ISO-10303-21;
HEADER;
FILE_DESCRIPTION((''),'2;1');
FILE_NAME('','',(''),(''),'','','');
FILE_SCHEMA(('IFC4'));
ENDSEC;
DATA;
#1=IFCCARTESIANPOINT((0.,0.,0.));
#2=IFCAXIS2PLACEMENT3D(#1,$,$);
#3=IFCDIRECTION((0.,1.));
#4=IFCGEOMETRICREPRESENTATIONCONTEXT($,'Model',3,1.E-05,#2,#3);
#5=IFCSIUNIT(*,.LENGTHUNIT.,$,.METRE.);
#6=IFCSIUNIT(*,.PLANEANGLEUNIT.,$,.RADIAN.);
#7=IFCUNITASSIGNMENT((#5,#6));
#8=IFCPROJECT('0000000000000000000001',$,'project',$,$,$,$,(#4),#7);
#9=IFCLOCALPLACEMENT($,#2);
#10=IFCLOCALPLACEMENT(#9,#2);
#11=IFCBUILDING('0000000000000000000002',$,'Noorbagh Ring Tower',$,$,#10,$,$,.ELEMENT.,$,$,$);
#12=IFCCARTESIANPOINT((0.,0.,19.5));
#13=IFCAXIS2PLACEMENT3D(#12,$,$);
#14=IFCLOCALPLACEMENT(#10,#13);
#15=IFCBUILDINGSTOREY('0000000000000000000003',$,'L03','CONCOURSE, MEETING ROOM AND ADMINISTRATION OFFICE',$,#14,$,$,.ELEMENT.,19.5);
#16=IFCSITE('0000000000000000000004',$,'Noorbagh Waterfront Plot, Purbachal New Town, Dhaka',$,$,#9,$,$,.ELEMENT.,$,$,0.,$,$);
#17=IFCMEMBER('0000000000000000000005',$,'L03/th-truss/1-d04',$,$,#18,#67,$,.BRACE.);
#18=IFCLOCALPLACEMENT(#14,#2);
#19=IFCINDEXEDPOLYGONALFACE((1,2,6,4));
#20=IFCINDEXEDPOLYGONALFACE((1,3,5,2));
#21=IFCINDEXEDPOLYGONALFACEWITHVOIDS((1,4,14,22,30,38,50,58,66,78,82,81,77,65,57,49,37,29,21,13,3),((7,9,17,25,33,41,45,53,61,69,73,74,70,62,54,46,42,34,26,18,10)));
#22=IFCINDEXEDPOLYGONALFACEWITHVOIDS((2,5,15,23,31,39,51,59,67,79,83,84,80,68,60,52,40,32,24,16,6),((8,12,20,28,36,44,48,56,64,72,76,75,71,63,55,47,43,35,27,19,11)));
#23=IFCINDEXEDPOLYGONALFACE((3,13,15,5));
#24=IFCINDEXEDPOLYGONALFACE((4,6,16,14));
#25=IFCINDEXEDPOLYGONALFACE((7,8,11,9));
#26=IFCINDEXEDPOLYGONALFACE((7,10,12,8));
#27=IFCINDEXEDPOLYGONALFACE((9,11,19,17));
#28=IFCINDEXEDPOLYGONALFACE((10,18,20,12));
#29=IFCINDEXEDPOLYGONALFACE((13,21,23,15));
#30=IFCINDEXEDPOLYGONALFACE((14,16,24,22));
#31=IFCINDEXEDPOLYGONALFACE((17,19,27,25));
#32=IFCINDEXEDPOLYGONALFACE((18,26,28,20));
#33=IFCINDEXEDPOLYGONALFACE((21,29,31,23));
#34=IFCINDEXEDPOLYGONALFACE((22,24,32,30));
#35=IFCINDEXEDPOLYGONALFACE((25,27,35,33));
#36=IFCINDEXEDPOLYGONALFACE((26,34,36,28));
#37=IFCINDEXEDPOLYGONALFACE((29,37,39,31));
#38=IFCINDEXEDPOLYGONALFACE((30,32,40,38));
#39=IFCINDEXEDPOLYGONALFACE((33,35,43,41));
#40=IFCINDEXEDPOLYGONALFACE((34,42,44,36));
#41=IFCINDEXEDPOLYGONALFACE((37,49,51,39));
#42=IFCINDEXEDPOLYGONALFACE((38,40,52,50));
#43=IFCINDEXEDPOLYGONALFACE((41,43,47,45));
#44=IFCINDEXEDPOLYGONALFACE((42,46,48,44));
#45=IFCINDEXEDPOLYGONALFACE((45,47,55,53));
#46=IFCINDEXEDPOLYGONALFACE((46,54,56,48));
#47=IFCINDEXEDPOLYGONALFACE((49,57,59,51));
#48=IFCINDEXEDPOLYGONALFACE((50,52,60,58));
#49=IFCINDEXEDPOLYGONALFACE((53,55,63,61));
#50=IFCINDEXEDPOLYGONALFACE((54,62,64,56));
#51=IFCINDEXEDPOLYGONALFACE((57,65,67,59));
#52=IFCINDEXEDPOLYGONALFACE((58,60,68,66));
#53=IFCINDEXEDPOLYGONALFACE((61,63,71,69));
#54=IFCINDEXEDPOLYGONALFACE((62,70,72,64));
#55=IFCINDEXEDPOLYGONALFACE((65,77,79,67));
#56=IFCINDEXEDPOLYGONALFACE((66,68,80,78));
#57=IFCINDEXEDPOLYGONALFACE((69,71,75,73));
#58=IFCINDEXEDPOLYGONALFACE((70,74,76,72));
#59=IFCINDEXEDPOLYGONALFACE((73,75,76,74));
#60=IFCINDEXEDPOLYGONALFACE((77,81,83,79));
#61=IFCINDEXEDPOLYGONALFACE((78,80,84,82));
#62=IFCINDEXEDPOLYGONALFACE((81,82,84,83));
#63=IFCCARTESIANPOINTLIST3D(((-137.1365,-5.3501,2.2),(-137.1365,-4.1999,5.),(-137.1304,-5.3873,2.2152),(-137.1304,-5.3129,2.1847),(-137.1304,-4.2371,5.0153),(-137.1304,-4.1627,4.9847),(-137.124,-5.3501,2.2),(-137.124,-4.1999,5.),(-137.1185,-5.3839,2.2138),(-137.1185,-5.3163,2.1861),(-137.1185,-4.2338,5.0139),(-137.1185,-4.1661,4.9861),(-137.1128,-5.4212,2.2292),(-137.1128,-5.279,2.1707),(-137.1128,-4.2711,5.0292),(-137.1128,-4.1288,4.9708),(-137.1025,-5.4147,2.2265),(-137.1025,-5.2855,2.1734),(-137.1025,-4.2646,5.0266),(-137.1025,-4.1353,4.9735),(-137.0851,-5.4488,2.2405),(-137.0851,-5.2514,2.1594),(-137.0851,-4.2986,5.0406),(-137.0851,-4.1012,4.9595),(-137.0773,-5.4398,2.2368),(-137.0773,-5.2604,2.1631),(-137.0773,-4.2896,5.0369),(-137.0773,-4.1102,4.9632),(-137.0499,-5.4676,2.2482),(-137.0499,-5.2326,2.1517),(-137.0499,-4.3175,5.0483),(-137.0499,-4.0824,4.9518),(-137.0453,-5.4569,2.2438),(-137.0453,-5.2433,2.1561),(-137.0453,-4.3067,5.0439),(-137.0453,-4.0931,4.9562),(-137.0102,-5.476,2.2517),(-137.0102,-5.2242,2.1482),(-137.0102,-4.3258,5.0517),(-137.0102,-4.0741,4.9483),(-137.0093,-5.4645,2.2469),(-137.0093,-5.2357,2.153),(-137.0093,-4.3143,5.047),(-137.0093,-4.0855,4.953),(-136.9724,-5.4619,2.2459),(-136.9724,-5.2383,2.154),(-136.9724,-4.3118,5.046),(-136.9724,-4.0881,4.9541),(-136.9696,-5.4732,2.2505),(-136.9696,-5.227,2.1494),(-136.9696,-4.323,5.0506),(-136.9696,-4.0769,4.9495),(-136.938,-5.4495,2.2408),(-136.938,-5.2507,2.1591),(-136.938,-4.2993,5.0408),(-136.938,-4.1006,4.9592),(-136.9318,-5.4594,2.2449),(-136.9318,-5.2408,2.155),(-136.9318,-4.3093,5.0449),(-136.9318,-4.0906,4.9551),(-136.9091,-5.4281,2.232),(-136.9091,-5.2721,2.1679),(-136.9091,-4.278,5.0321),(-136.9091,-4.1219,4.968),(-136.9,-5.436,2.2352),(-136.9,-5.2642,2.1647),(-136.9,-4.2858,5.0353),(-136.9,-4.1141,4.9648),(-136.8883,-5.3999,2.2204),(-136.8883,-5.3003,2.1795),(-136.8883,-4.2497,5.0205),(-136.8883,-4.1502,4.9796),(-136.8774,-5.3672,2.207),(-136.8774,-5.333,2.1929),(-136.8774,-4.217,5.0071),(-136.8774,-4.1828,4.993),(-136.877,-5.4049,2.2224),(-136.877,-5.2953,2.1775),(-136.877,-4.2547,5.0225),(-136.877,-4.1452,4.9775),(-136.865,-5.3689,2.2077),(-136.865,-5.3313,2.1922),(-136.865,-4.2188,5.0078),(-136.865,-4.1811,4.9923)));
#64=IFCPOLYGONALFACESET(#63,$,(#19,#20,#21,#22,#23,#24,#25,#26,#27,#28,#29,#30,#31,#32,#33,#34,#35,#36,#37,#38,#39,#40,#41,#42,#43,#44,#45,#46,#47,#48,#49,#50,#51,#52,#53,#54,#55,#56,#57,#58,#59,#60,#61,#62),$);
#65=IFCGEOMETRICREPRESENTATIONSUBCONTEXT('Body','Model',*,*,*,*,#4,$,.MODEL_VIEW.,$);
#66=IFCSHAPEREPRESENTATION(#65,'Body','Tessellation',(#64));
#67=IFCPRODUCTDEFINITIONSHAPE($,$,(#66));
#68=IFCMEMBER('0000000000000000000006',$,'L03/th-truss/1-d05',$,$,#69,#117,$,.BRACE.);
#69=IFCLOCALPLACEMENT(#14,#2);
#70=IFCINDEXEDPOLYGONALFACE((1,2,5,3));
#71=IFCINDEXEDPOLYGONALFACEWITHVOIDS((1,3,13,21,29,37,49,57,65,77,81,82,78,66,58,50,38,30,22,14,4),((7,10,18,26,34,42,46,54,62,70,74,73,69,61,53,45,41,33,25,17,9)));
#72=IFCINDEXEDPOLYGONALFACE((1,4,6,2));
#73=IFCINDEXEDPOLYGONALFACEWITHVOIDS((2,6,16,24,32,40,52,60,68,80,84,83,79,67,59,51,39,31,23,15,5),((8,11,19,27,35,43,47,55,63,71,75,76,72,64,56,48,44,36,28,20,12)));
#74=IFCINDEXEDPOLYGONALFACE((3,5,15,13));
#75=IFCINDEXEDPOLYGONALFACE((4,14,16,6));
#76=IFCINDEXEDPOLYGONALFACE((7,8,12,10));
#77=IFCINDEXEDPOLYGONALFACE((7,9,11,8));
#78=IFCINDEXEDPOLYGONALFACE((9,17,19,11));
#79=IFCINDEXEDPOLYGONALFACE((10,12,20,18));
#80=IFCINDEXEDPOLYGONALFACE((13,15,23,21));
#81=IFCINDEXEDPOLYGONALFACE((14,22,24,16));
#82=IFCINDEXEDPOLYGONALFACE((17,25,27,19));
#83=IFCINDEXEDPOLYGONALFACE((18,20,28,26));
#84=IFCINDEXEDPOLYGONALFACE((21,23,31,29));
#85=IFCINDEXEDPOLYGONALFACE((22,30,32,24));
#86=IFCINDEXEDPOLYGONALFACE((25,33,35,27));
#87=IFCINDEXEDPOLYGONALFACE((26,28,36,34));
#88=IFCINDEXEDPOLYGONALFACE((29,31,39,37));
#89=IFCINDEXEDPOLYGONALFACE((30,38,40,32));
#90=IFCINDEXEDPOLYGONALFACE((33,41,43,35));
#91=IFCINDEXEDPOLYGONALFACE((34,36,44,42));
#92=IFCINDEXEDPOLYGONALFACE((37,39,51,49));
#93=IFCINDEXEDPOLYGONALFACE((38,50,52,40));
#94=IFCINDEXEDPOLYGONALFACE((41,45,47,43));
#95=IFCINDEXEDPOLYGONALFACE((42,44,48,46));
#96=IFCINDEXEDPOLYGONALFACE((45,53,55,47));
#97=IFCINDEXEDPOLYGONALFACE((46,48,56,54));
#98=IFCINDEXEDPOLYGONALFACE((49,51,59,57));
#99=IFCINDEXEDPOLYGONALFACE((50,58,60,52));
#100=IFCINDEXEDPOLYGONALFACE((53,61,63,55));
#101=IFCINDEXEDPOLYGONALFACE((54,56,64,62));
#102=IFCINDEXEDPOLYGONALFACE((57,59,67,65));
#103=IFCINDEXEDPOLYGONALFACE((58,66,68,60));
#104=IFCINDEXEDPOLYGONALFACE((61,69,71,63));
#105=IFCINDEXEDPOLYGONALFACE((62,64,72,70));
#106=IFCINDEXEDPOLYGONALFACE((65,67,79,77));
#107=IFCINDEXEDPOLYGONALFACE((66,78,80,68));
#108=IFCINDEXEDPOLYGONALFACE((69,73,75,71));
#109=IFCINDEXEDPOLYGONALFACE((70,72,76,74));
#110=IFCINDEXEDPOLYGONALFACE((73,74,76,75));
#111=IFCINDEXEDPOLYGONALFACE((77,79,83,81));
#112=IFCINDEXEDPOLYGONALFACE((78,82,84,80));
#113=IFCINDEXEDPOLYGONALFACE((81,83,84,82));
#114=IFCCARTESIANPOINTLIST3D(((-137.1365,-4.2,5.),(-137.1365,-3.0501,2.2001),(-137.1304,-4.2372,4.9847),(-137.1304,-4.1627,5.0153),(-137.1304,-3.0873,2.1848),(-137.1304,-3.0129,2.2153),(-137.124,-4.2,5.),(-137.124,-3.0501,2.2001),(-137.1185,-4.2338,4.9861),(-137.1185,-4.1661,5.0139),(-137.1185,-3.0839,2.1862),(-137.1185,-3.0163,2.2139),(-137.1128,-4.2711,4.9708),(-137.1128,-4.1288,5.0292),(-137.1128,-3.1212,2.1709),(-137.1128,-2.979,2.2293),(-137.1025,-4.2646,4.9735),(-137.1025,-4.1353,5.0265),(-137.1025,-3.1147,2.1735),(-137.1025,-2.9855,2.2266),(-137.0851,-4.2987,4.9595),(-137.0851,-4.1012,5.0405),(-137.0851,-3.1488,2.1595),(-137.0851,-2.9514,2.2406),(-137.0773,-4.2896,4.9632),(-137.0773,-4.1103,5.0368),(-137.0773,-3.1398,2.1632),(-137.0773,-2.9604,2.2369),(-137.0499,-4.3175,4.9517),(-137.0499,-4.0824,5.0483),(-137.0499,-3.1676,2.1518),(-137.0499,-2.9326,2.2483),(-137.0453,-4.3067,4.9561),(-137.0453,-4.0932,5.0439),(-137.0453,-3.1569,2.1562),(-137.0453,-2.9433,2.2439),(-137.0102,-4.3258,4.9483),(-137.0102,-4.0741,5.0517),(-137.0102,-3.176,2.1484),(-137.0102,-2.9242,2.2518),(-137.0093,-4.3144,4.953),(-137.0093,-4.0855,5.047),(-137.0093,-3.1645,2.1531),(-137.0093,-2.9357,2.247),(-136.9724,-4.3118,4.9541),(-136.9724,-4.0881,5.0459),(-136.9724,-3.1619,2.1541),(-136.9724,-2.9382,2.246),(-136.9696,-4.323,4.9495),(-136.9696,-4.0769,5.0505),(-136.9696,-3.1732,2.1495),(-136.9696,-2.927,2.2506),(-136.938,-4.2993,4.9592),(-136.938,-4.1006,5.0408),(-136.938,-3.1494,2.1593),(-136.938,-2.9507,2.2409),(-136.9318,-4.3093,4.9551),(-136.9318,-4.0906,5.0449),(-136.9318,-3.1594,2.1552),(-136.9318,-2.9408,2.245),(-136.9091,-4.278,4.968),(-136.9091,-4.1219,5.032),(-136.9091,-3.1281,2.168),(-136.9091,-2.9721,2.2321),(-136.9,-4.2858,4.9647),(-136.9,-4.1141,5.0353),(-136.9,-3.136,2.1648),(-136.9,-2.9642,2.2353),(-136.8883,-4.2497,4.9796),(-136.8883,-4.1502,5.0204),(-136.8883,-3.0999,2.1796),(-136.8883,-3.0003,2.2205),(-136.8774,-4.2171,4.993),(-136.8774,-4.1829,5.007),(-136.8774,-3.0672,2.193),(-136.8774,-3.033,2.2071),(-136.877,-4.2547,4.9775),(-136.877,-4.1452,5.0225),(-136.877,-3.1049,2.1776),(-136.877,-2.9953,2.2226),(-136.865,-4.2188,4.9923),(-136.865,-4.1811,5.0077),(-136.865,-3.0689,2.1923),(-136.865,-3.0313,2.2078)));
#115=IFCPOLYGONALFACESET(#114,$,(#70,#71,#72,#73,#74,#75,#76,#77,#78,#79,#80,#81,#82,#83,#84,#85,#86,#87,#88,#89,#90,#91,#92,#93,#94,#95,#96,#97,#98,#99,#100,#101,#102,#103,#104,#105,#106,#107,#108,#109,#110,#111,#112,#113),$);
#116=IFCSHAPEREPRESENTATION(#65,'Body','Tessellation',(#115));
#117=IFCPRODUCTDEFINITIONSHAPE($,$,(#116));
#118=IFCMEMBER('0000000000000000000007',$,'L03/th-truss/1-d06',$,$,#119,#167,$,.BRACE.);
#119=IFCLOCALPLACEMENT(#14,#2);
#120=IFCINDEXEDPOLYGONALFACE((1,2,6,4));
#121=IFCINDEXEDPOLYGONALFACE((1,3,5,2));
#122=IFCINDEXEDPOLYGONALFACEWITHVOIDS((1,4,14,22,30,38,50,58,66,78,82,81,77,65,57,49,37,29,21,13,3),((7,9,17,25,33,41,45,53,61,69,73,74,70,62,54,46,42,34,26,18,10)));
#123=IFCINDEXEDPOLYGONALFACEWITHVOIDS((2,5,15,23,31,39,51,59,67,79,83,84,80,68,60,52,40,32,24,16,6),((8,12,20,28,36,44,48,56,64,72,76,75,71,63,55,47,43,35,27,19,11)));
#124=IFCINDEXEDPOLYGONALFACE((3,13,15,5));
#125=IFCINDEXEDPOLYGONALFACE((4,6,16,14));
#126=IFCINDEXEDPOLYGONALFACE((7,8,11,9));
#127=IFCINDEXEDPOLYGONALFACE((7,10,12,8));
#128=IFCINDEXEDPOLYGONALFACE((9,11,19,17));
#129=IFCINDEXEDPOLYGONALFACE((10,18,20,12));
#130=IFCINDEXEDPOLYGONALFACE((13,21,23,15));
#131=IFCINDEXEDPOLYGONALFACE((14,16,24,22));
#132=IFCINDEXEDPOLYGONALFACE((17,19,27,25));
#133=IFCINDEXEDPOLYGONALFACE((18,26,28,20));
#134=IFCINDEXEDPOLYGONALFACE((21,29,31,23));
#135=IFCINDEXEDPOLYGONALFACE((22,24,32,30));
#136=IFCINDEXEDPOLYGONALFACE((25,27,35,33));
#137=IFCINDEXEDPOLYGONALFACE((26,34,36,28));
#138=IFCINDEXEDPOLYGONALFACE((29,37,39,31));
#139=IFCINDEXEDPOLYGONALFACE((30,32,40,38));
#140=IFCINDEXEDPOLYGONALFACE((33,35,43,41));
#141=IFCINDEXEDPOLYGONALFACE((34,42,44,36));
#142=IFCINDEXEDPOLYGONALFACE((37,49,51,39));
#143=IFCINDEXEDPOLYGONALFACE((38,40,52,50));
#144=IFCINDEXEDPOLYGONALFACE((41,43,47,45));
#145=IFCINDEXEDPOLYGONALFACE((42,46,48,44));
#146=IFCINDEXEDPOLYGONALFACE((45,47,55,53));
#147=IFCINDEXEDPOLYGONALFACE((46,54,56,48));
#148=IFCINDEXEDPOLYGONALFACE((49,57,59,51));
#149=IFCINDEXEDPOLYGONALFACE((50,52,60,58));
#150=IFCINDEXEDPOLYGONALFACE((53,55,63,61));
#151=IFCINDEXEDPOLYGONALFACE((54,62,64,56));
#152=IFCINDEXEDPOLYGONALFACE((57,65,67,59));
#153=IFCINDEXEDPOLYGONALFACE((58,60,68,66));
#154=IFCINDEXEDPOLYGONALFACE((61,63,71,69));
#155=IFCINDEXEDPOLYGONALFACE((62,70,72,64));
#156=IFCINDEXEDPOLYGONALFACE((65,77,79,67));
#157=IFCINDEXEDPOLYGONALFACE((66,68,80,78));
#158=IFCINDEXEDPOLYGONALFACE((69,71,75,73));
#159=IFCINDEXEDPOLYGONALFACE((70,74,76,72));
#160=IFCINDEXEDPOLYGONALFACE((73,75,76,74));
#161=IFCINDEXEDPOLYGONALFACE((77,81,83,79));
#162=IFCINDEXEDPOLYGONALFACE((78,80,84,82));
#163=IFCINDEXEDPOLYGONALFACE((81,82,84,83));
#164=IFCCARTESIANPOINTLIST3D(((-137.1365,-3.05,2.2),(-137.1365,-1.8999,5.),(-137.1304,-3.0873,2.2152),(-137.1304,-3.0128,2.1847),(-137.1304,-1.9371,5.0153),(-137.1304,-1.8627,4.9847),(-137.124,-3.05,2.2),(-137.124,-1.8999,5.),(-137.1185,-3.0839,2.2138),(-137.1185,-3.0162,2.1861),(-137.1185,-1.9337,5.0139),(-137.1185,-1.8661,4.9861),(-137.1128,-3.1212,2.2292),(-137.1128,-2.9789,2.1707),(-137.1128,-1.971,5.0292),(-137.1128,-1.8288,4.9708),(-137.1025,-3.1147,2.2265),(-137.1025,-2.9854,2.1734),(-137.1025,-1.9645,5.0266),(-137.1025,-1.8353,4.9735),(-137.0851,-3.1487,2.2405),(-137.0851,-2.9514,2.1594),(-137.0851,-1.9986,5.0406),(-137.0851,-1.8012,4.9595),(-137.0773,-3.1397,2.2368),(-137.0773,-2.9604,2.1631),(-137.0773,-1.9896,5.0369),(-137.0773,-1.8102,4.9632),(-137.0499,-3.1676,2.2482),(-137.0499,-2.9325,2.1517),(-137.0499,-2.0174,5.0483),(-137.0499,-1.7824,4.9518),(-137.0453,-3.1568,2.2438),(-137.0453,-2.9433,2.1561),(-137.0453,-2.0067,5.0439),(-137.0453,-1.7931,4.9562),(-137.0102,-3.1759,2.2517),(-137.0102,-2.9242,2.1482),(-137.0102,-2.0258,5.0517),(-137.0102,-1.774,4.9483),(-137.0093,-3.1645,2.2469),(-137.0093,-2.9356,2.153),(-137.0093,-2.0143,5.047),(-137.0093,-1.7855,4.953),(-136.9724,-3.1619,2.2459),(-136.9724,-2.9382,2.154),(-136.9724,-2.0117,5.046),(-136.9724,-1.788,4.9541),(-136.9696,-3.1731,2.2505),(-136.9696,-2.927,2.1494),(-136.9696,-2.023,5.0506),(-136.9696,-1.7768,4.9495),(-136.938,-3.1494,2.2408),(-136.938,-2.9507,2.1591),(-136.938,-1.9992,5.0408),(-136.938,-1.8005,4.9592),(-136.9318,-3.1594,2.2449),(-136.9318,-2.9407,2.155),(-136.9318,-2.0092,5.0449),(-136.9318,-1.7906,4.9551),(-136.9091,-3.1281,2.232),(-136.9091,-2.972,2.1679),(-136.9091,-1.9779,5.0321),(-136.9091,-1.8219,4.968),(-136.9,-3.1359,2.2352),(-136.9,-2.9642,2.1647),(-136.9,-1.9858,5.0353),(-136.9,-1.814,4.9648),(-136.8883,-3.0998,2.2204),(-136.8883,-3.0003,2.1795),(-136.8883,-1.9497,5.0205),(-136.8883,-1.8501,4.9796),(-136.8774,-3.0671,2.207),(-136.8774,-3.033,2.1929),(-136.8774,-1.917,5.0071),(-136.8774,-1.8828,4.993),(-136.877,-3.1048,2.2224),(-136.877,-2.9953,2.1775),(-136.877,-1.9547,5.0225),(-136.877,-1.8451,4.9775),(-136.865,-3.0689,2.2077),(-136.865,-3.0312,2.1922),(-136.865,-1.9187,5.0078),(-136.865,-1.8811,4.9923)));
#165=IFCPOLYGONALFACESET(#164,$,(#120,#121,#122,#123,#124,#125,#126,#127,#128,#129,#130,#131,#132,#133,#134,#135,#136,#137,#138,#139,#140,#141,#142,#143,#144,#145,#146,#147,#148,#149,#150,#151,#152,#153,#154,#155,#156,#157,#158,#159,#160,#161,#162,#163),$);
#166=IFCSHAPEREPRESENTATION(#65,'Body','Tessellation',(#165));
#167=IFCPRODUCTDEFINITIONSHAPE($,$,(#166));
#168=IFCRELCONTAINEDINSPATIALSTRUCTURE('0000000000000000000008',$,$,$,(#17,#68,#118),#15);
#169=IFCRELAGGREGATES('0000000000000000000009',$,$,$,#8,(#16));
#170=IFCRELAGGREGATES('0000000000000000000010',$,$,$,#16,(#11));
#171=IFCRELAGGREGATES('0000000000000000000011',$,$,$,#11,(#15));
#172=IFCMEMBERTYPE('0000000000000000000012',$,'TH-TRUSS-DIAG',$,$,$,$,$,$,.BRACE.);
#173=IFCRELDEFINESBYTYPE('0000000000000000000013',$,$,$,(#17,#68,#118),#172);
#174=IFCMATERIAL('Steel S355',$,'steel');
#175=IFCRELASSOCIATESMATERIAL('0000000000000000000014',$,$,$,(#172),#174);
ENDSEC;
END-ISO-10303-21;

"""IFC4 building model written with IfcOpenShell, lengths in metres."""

from ifc_helpers import new_model, si_unit, direction, frame, origin, origin_2d, place, context, subcontext, project, spatial, hollow_circle, extrude, material, material_profile, profile_set, type_object, element, save


model = new_model("IFC4")

# Units and contexts
model_context = context("Model", 3, precision=1e-05, world=origin(), true_north=direction((0.0, 1.0)))
body_context = subcontext(model_context, "Body", "Model", "MODEL_VIEW")
ifc_project = project(units=[si_unit("LENGTHUNIT", "METRE"), si_unit("PLANEANGLEUNIT", "RADIAN")], contexts=[model_context])

# Site, building, storey
site_placement = place(None, origin())
site = spatial("IfcSite", under=ifc_project, at=site_placement, Name="Noorbagh Waterfront Plot, Purbachal New Town, Dhaka", CompositionType="ELEMENT", RefElevation=0.0)
building_placement = place(site_placement, origin())
building = spatial("IfcBuilding", under=site, at=building_placement, Name="Noorbagh Ring Tower", CompositionType="ELEMENT")
storey_placement = place(building_placement, frame((0.0, 0.0, 19.5)))
storey = spatial("IfcBuildingStorey", under=building, at=storey_placement, Name="L03", Description="CONCOURSE, MEETING ROOM AND ADMINISTRATION OFFICE", CompositionType="ELEMENT", Elevation=19.5)

# Members
ifc_material_1 = material(Name="Steel S355", Category="steel")
ifc_material_profile_1 = material_profile(ifc_material_1, hollow_circle(Radius=0.1365, WallThickness=0.0125, at=origin_2d()), Name="CHS273x12.5")
ifc_profile_set_1 = profile_set([ifc_material_profile_1], Name="Steel S355")
member_type = type_object("IfcMemberType", Name="TH-TRUSS-DIAG", PredefinedType="BRACE", material=ifc_profile_set_1)
member_1_placement = place(storey_placement, frame((-137.0, -5.3501, 2.2), z_axis=(0.0, 0.379955, 0.925005), x_axis=(-1.0, 0.0, 0.0)))
element("IfcMember", 1, at=member_1_placement, inside=storey, type_object=member_type, Name="L03/th-truss/1-d04", PredefinedType="BRACE", context=body_context, shape_type="SweptSolid", body=[
    extrude(hollow_circle(Radius=0.1365, WallThickness=0.0125, at=origin_2d()), origin(), (0.0, 0.0, 1.0), 3.0271),
])
member_2_placement = place(storey_placement, frame((-137.0, -4.2, 5.0), z_axis=(0.0, 0.379886, -0.925033), x_axis=(-1.0, 0.0, 0.0)))
element("IfcMember", 2, at=member_2_placement, inside=storey, type_object=member_type, Name="L03/th-truss/1-d05", PredefinedType="BRACE", context=body_context, shape_type="SweptSolid", body=[
    extrude(hollow_circle(Radius=0.1365, WallThickness=0.0125, at=origin_2d()), origin(), (0.0, 0.0, 1.0), 3.0269),
])
member_3_placement = place(storey_placement, frame((-137.0, -3.05, 2.2), z_axis=(0.0, 0.379955, 0.925005), x_axis=(-1.0, 0.0, 0.0)))
element("IfcMember", 3, at=member_3_placement, inside=storey, type_object=member_type, Name="L03/th-truss/1-d06", PredefinedType="BRACE", context=body_context, shape_type="SweptSolid", body=[
    extrude(hollow_circle(Radius=0.1365, WallThickness=0.0125, at=origin_2d()), origin(), (0.0, 0.0, 1.0), 3.0271),
])

save(model, "model.ifc")
